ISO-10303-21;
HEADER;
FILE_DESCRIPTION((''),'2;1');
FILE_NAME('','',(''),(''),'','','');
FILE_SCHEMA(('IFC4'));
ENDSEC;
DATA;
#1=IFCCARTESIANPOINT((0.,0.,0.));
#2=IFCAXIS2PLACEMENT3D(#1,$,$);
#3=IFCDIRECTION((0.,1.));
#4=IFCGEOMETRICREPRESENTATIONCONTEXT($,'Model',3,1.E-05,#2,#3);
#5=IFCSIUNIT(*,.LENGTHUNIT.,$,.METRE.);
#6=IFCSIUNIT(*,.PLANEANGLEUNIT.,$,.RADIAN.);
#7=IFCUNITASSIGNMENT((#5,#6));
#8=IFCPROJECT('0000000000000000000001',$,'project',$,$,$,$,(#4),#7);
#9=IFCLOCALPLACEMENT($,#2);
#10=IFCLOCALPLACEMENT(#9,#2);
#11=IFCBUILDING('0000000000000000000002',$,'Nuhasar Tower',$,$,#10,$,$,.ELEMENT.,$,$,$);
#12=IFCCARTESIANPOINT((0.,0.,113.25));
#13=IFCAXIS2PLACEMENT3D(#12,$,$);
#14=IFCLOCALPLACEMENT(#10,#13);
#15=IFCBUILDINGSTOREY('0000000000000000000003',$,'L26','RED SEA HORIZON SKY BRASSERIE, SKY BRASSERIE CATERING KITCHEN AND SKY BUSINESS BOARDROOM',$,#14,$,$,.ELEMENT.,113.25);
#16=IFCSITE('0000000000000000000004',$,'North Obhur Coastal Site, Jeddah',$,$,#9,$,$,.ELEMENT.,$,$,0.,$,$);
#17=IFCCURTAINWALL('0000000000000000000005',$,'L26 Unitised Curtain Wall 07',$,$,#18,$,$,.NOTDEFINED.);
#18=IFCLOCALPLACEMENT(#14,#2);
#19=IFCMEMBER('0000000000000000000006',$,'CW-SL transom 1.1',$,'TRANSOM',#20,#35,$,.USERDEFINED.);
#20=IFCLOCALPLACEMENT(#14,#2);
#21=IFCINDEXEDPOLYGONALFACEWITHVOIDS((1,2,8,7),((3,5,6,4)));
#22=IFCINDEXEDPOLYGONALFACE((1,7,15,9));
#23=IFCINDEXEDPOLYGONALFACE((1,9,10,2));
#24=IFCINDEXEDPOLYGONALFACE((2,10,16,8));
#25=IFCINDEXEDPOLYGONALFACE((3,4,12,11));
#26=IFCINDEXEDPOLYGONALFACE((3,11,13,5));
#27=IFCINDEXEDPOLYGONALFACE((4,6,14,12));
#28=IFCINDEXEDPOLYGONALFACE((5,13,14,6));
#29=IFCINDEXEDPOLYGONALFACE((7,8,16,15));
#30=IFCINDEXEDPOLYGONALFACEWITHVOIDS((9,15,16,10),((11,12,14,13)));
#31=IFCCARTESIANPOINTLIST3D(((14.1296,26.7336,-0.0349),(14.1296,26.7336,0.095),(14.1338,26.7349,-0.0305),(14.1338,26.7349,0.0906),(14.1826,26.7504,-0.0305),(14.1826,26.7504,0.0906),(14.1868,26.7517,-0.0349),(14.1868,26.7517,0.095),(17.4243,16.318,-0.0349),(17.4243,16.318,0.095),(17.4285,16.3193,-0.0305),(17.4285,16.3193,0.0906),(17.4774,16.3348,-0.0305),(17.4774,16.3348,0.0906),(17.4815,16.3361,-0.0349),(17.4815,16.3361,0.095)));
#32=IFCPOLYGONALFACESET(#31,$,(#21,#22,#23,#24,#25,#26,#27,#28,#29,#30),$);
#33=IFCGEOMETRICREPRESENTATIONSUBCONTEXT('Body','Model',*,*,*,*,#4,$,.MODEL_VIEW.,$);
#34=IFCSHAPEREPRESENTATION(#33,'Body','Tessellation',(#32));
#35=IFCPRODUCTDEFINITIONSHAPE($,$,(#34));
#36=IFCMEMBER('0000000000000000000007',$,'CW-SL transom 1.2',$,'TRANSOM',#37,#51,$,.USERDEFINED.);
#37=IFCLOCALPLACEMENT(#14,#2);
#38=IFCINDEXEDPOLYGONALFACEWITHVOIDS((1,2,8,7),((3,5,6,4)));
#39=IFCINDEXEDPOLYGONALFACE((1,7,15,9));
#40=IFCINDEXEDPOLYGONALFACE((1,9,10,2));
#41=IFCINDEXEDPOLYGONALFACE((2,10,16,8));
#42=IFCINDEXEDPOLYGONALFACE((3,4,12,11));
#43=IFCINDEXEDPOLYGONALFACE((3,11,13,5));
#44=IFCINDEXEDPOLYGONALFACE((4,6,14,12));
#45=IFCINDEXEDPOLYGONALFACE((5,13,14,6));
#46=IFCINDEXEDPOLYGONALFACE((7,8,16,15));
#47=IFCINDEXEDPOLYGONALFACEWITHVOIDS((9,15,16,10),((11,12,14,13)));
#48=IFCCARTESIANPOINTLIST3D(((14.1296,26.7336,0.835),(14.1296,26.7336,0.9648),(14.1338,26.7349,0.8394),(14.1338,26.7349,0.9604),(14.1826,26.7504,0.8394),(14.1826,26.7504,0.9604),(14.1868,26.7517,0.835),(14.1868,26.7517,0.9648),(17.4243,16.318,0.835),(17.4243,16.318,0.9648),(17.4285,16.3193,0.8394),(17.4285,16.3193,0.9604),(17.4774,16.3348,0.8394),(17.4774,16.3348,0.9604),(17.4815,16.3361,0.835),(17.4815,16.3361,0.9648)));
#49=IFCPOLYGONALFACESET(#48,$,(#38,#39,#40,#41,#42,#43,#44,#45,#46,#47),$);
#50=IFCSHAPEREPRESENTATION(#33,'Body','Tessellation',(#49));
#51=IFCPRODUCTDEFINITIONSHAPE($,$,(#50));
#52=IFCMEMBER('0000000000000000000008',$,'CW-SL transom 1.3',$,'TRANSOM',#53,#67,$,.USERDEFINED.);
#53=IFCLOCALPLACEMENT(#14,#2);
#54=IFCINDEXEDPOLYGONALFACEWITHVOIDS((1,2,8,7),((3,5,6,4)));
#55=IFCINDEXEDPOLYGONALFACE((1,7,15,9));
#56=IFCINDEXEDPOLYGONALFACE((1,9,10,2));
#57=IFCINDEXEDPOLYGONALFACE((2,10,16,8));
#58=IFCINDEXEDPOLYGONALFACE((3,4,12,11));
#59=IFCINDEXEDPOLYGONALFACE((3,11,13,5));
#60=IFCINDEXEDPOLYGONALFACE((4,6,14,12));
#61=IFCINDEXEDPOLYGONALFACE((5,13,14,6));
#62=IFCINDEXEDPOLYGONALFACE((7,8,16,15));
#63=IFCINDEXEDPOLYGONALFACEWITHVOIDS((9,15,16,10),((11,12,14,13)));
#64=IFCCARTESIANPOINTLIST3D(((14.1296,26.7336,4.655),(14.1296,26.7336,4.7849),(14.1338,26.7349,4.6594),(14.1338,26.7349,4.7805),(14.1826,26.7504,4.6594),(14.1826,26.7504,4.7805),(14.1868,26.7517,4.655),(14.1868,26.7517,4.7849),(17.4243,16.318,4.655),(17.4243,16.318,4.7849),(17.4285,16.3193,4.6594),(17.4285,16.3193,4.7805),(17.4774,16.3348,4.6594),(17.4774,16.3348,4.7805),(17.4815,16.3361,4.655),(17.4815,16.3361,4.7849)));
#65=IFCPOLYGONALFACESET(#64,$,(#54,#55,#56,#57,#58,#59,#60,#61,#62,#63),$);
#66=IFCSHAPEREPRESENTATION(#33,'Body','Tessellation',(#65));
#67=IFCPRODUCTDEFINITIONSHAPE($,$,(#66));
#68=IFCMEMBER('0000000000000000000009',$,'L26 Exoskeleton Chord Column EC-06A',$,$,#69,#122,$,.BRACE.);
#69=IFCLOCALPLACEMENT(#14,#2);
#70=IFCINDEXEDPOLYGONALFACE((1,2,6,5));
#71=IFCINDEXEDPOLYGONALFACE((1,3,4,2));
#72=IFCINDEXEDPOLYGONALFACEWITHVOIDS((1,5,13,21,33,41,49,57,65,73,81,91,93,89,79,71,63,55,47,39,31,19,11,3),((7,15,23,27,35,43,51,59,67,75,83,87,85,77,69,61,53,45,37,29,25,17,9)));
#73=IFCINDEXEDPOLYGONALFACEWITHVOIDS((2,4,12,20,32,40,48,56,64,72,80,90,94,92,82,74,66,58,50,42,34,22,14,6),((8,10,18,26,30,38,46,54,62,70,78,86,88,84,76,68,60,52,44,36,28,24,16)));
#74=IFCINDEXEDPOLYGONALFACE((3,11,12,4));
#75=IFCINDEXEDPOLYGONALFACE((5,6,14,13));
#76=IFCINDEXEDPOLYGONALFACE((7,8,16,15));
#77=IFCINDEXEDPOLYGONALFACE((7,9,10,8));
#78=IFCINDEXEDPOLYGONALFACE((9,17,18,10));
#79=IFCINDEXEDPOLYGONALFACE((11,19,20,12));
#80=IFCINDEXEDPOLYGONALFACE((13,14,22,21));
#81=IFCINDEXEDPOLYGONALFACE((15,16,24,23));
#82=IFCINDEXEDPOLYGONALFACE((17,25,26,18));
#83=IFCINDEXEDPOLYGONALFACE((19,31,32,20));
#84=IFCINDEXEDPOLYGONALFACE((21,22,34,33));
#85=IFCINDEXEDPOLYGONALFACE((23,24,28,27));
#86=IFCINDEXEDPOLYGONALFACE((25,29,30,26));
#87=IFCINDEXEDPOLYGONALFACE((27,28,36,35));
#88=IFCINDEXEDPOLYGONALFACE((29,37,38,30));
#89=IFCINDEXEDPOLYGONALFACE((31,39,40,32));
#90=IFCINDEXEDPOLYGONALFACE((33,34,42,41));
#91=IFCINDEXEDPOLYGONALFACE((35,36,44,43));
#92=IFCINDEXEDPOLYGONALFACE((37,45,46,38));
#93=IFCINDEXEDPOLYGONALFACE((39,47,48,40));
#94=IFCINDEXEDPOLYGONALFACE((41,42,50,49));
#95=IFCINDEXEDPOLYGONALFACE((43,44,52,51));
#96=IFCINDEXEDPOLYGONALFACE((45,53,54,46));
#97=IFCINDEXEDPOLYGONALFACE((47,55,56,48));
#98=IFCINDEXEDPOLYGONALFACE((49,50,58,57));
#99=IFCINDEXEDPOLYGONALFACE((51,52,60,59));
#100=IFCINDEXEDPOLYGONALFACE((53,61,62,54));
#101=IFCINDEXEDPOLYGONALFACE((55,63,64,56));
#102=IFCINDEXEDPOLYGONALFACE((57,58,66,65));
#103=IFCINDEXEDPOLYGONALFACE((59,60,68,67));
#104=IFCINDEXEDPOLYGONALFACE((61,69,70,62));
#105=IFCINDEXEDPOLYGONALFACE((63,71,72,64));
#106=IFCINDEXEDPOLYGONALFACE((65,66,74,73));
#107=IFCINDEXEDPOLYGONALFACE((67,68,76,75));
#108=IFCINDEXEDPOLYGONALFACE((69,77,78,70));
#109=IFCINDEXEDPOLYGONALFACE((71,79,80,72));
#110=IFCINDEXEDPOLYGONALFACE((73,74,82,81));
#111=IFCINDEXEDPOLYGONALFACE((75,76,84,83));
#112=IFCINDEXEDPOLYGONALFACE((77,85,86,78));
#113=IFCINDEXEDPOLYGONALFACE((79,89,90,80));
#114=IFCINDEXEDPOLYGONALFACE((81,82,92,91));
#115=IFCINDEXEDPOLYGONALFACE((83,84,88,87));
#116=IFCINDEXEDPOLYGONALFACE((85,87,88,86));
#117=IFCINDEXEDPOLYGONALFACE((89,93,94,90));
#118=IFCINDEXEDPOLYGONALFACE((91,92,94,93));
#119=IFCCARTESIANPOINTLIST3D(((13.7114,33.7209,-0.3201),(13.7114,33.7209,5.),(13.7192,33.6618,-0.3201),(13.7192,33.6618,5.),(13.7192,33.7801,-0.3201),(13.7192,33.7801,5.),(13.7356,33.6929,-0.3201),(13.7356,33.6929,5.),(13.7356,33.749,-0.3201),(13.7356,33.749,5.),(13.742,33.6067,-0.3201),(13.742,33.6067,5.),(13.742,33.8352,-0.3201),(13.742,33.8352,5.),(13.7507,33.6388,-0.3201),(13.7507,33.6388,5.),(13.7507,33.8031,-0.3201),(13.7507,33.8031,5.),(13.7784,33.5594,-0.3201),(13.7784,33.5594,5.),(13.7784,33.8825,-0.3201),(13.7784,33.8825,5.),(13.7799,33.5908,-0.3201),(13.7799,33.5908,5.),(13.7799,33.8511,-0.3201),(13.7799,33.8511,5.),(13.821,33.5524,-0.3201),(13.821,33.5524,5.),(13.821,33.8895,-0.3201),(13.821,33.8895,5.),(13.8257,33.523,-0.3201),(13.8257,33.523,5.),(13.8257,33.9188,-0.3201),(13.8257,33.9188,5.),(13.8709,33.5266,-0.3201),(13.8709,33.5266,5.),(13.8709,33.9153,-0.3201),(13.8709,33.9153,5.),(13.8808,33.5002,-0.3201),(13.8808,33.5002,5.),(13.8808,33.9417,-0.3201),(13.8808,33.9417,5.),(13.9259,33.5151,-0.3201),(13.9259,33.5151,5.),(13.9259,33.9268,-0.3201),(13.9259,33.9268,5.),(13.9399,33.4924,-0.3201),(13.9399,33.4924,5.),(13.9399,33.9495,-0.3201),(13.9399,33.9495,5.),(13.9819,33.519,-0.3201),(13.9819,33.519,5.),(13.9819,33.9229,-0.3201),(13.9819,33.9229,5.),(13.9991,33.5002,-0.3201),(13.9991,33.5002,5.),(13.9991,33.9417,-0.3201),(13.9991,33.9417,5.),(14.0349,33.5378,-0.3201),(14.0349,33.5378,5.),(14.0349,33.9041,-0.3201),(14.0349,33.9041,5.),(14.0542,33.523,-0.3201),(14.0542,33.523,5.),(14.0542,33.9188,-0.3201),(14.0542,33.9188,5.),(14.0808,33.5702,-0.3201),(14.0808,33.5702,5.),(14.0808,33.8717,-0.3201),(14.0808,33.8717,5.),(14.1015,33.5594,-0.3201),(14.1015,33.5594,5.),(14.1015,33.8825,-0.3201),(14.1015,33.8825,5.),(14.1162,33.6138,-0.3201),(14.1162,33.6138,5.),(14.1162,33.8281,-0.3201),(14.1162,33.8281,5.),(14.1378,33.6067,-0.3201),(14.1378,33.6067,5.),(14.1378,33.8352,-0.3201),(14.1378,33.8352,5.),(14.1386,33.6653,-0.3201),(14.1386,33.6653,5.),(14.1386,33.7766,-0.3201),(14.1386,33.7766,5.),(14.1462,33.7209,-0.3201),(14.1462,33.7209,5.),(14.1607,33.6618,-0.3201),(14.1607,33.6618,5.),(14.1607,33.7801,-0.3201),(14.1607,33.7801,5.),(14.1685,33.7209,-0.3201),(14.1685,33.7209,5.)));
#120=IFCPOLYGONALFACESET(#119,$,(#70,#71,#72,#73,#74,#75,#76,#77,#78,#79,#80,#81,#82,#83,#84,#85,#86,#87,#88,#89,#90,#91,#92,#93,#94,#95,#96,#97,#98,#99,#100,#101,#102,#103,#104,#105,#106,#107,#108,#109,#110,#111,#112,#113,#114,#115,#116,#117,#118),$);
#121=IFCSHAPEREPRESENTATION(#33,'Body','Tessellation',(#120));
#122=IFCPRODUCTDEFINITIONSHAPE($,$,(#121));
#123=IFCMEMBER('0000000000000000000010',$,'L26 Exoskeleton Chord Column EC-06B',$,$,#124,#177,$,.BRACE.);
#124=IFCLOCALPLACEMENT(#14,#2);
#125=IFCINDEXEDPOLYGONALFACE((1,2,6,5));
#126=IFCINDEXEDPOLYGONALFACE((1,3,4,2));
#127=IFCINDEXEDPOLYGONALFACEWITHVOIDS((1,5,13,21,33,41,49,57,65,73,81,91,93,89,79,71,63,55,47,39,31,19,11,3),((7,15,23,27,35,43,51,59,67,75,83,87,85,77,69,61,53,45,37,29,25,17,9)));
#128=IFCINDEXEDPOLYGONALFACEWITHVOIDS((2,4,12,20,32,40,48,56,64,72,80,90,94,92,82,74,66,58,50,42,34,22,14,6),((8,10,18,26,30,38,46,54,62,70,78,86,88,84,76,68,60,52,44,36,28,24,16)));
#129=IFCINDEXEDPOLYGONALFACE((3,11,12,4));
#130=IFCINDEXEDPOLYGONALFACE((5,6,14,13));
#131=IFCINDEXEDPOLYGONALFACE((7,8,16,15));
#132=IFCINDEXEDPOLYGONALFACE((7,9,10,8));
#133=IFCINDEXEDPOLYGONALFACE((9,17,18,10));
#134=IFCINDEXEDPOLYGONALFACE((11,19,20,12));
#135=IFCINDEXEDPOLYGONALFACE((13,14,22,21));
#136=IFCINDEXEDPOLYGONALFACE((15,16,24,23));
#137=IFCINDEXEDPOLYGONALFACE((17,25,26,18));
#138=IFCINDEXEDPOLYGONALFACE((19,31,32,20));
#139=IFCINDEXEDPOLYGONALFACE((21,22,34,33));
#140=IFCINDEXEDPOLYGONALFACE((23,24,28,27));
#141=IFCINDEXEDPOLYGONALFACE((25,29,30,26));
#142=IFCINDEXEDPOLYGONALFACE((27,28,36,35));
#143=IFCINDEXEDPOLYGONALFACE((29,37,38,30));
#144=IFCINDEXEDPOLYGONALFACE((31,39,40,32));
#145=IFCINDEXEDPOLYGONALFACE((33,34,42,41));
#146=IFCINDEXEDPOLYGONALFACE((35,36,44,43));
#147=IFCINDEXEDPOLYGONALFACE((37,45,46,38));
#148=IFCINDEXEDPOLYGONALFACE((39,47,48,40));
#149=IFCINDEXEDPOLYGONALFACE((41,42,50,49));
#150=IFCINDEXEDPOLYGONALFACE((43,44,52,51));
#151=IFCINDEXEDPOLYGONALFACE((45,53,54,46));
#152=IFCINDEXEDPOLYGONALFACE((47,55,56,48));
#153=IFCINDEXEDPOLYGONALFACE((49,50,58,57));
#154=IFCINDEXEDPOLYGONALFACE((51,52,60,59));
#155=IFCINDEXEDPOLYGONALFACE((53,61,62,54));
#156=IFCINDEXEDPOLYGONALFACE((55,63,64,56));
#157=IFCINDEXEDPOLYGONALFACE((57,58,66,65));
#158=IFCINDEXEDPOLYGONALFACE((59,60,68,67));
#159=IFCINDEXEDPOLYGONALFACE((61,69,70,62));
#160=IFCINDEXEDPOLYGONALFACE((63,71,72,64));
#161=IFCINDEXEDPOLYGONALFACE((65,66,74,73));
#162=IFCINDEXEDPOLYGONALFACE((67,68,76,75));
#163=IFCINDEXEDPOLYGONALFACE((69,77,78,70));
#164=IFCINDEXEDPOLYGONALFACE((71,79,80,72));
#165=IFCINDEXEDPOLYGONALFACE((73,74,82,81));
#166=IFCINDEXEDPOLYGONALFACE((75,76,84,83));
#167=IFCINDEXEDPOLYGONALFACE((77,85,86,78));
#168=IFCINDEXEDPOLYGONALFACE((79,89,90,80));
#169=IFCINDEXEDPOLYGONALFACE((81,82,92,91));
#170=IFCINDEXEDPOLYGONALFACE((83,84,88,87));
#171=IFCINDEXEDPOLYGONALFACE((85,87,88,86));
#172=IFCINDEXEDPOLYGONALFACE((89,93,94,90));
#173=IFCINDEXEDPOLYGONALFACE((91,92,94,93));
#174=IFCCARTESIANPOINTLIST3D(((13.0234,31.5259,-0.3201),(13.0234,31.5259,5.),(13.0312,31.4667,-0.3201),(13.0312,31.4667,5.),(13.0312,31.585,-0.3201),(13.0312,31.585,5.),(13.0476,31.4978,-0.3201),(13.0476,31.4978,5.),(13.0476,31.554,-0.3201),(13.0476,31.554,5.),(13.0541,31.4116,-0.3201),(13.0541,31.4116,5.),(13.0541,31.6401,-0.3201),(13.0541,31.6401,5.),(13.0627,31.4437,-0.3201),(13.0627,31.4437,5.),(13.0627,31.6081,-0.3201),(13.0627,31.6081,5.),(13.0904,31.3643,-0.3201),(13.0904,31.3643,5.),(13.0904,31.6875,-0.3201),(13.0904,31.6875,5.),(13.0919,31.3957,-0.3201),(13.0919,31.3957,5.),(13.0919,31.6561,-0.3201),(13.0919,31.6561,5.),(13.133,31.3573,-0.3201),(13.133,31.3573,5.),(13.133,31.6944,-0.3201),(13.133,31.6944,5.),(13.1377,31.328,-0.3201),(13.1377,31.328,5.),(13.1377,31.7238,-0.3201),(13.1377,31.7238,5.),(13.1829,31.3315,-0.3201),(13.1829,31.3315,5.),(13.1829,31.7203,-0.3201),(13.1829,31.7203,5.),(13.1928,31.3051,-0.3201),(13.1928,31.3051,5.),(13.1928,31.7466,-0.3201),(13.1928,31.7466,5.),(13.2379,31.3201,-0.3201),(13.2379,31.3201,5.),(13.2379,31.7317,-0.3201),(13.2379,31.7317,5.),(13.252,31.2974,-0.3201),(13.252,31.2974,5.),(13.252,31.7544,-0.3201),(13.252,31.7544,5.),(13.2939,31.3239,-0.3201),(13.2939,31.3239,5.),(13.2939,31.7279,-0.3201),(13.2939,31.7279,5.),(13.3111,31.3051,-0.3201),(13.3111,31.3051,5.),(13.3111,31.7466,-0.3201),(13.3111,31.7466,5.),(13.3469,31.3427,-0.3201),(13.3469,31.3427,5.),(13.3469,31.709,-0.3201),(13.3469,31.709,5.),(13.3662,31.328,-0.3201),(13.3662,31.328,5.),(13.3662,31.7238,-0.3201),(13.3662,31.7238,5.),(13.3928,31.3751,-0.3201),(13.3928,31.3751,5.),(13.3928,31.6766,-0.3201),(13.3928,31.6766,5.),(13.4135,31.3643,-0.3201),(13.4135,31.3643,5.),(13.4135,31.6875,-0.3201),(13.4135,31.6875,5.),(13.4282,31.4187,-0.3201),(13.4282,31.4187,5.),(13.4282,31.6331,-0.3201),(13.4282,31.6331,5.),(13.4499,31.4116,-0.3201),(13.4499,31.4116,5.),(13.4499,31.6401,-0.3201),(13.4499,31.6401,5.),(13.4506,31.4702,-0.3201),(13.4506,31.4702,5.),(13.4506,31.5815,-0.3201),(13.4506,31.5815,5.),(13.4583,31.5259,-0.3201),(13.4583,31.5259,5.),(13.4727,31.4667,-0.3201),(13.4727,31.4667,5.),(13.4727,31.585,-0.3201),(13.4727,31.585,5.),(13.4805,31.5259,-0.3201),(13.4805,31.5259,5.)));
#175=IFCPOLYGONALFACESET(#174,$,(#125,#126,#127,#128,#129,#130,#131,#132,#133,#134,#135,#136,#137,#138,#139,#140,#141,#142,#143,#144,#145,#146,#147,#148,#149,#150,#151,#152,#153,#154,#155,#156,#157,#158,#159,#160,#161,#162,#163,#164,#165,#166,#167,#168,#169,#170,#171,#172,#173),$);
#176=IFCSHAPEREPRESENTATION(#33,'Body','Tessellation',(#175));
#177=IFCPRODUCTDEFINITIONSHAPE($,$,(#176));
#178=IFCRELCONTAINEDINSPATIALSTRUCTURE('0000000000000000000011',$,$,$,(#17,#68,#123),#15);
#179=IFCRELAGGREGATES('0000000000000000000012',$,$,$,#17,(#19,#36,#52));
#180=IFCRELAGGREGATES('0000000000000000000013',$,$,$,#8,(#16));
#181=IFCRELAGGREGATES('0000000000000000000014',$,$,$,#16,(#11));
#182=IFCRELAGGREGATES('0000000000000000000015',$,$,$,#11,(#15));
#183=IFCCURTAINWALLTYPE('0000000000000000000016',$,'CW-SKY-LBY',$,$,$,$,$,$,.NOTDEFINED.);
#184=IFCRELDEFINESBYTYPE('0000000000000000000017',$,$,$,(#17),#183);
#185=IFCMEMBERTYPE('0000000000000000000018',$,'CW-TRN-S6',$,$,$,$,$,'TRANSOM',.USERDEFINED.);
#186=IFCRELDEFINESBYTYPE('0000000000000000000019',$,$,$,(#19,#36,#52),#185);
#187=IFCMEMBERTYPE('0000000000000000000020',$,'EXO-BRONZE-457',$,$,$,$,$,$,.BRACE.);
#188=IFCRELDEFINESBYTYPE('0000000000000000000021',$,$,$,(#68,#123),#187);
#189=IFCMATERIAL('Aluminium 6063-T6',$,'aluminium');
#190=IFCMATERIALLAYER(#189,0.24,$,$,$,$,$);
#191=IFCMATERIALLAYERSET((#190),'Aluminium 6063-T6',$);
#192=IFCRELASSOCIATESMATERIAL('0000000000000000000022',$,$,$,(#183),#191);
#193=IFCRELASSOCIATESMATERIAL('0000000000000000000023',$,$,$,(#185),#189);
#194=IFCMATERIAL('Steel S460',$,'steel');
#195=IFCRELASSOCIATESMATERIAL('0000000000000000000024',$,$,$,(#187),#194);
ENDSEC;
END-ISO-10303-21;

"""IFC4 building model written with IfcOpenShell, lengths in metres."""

from ifc_helpers import new_model, si_unit, direction, frame, origin, origin_2d, place, context, subcontext, project, spatial, hollow_rectangle, hollow_circle, extrude, material, layer, layer_set, material_profile, profile_set, type_object, element, aggregate, save


model = new_model("IFC4")

# Units and contexts
model_context = context("Model", 3, precision=1e-05, world=origin(), true_north=direction((0.0, 1.0)))
body_context = subcontext(model_context, "Body", "Model", "MODEL_VIEW")
ifc_project = project(units=[si_unit("LENGTHUNIT", "METRE"), si_unit("PLANEANGLEUNIT", "RADIAN")], contexts=[model_context])

# Site, building, storey
site_placement = place(None, origin())
site = spatial("IfcSite", under=ifc_project, at=site_placement, Name="North Obhur Coastal Site, Jeddah", CompositionType="ELEMENT", RefElevation=0.0)
building_placement = place(site_placement, origin())
building = spatial("IfcBuilding", under=site, at=building_placement, Name="Nuhasar Tower", CompositionType="ELEMENT")
storey_placement = place(building_placement, frame((0.0, 0.0, 113.25)))
storey = spatial("IfcBuildingStorey", under=building, at=storey_placement, Name="L26", Description="RED SEA HORIZON SKY BRASSERIE, SKY BRASSERIE CATERING KITCHEN AND SKY BUSINESS BOARDROOM", CompositionType="ELEMENT", Elevation=113.25)

# Shared definitions
ifc_material_1 = material(Name="Steel S460", Category="steel")

# Shared definitions
ifc_material_2 = material(Name="Aluminium 6063-T6", Category="aluminium")
ifc_layer_1 = layer(ifc_material_2, 0.24)
ifc_layer_set_1 = layer_set([ifc_layer_1], Name="Aluminium 6063-T6")
curtain_wall_type = type_object("IfcCurtainWallType", Name="CW-SKY-LBY", PredefinedType="NOTDEFINED", material=ifc_layer_set_1)

# Curtain wall, members
curtain_wall_1_placement = place(storey_placement, origin())
curtain_wall_1 = element("IfcCurtainWall", 1, at=curtain_wall_1_placement, inside=storey, type_object=curtain_wall_type, Name="L26 Unitised Curtain Wall 07", PredefinedType="NOTDEFINED")
ifc_material_profile_1 = material_profile(ifc_material_2, hollow_rectangle(XDim=0.0601, YDim=0.1299, WallThickness=0.0044, at=origin_2d()), Name="CWT-6")
ifc_profile_set_1 = profile_set([ifc_material_profile_1], Name="Aluminium 6063-T6")
member_type_1 = type_object("IfcMemberType", Name="CW-TRN-S6", ElementType="TRANSOM", PredefinedType="USERDEFINED", material=ifc_profile_set_1)
member_1_placement = place(storey_placement, frame((14.1582, 26.7427, 0.03), z_axis=(0.301594, -0.953436, 0.0), x_axis=(0.953436, 0.301594, 0.0)))
member_1 = element("IfcMember", 2, at=member_1_placement, type_object=member_type_1, Name="CW-SL transom 1.1", ObjectType="TRANSOM", PredefinedType="USERDEFINED", context=body_context, shape_type="SweptSolid", body=[
    extrude(hollow_rectangle(XDim=0.0601, YDim=0.1299, WallThickness=0.0044, at=origin_2d()), origin(), (0.0, 0.0, 1.0), 10.9243),
])
member_2_placement = place(storey_placement, frame((14.1582, 26.7427, 0.8999), z_axis=(0.301594, -0.953436, 0.0), x_axis=(0.953436, 0.301594, 0.0)))
member_2 = element("IfcMember", 3, at=member_2_placement, type_object=member_type_1, Name="CW-SL transom 1.2", ObjectType="TRANSOM", PredefinedType="USERDEFINED", context=body_context, shape_type="SweptSolid", body=[
    extrude(hollow_rectangle(XDim=0.0601, YDim=0.1299, WallThickness=0.0044, at=origin_2d()), origin(), (0.0, 0.0, 1.0), 10.9243),
])
member_3_placement = place(storey_placement, frame((14.1582, 26.7427, 4.72), z_axis=(0.301594, -0.953436, 0.0), x_axis=(0.953436, 0.301594, 0.0)))
member_3 = element("IfcMember", 4, at=member_3_placement, type_object=member_type_1, Name="CW-SL transom 1.3", ObjectType="TRANSOM", PredefinedType="USERDEFINED", context=body_context, shape_type="SweptSolid", body=[
    extrude(hollow_rectangle(XDim=0.0601, YDim=0.1299, WallThickness=0.0044, at=origin_2d()), origin(), (0.0, 0.0, 1.0), 10.9243),
])
aggregate(curtain_wall_1, [member_1, member_2, member_3])

# Members
ifc_material_profile_2 = material_profile(ifc_material_1, hollow_circle(Radius=0.2285, WallThickness=0.0222, at=origin_2d()), Name="HSS457X22.2")
ifc_profile_set_2 = profile_set([ifc_material_profile_2], Name="Steel S460")
member_type_2 = type_object("IfcMemberType", Name="EXO-BRONZE-457", PredefinedType="BRACE", material=ifc_profile_set_2)
for number, where, z_axis, x_axis, name in (
    (5, (13.9399, 33.7209, -0.3201), (0.0, 0.0, 1.0), (1.0, 0.0, 0.0), "L26 Exoskeleton Chord Column EC-06A"),
    (6, (13.252, 31.5259, -0.3201), (0.0, 0.0, 1.0), (1.0, 0.0, 0.0), "L26 Exoskeleton Chord Column EC-06B"),
):
    element("IfcMember", number, at=place(storey_placement, frame(where, z_axis=z_axis, x_axis=x_axis)), inside=storey, type_object=member_type_2, Name=name, PredefinedType="BRACE", context=body_context, shape_type="SweptSolid", body=[
        extrude(hollow_circle(Radius=0.2285, WallThickness=0.0222, at=origin_2d()), origin(), (0.0, 0.0, 1.0), 5.3201),
    ])

save(model, "model.ifc")
